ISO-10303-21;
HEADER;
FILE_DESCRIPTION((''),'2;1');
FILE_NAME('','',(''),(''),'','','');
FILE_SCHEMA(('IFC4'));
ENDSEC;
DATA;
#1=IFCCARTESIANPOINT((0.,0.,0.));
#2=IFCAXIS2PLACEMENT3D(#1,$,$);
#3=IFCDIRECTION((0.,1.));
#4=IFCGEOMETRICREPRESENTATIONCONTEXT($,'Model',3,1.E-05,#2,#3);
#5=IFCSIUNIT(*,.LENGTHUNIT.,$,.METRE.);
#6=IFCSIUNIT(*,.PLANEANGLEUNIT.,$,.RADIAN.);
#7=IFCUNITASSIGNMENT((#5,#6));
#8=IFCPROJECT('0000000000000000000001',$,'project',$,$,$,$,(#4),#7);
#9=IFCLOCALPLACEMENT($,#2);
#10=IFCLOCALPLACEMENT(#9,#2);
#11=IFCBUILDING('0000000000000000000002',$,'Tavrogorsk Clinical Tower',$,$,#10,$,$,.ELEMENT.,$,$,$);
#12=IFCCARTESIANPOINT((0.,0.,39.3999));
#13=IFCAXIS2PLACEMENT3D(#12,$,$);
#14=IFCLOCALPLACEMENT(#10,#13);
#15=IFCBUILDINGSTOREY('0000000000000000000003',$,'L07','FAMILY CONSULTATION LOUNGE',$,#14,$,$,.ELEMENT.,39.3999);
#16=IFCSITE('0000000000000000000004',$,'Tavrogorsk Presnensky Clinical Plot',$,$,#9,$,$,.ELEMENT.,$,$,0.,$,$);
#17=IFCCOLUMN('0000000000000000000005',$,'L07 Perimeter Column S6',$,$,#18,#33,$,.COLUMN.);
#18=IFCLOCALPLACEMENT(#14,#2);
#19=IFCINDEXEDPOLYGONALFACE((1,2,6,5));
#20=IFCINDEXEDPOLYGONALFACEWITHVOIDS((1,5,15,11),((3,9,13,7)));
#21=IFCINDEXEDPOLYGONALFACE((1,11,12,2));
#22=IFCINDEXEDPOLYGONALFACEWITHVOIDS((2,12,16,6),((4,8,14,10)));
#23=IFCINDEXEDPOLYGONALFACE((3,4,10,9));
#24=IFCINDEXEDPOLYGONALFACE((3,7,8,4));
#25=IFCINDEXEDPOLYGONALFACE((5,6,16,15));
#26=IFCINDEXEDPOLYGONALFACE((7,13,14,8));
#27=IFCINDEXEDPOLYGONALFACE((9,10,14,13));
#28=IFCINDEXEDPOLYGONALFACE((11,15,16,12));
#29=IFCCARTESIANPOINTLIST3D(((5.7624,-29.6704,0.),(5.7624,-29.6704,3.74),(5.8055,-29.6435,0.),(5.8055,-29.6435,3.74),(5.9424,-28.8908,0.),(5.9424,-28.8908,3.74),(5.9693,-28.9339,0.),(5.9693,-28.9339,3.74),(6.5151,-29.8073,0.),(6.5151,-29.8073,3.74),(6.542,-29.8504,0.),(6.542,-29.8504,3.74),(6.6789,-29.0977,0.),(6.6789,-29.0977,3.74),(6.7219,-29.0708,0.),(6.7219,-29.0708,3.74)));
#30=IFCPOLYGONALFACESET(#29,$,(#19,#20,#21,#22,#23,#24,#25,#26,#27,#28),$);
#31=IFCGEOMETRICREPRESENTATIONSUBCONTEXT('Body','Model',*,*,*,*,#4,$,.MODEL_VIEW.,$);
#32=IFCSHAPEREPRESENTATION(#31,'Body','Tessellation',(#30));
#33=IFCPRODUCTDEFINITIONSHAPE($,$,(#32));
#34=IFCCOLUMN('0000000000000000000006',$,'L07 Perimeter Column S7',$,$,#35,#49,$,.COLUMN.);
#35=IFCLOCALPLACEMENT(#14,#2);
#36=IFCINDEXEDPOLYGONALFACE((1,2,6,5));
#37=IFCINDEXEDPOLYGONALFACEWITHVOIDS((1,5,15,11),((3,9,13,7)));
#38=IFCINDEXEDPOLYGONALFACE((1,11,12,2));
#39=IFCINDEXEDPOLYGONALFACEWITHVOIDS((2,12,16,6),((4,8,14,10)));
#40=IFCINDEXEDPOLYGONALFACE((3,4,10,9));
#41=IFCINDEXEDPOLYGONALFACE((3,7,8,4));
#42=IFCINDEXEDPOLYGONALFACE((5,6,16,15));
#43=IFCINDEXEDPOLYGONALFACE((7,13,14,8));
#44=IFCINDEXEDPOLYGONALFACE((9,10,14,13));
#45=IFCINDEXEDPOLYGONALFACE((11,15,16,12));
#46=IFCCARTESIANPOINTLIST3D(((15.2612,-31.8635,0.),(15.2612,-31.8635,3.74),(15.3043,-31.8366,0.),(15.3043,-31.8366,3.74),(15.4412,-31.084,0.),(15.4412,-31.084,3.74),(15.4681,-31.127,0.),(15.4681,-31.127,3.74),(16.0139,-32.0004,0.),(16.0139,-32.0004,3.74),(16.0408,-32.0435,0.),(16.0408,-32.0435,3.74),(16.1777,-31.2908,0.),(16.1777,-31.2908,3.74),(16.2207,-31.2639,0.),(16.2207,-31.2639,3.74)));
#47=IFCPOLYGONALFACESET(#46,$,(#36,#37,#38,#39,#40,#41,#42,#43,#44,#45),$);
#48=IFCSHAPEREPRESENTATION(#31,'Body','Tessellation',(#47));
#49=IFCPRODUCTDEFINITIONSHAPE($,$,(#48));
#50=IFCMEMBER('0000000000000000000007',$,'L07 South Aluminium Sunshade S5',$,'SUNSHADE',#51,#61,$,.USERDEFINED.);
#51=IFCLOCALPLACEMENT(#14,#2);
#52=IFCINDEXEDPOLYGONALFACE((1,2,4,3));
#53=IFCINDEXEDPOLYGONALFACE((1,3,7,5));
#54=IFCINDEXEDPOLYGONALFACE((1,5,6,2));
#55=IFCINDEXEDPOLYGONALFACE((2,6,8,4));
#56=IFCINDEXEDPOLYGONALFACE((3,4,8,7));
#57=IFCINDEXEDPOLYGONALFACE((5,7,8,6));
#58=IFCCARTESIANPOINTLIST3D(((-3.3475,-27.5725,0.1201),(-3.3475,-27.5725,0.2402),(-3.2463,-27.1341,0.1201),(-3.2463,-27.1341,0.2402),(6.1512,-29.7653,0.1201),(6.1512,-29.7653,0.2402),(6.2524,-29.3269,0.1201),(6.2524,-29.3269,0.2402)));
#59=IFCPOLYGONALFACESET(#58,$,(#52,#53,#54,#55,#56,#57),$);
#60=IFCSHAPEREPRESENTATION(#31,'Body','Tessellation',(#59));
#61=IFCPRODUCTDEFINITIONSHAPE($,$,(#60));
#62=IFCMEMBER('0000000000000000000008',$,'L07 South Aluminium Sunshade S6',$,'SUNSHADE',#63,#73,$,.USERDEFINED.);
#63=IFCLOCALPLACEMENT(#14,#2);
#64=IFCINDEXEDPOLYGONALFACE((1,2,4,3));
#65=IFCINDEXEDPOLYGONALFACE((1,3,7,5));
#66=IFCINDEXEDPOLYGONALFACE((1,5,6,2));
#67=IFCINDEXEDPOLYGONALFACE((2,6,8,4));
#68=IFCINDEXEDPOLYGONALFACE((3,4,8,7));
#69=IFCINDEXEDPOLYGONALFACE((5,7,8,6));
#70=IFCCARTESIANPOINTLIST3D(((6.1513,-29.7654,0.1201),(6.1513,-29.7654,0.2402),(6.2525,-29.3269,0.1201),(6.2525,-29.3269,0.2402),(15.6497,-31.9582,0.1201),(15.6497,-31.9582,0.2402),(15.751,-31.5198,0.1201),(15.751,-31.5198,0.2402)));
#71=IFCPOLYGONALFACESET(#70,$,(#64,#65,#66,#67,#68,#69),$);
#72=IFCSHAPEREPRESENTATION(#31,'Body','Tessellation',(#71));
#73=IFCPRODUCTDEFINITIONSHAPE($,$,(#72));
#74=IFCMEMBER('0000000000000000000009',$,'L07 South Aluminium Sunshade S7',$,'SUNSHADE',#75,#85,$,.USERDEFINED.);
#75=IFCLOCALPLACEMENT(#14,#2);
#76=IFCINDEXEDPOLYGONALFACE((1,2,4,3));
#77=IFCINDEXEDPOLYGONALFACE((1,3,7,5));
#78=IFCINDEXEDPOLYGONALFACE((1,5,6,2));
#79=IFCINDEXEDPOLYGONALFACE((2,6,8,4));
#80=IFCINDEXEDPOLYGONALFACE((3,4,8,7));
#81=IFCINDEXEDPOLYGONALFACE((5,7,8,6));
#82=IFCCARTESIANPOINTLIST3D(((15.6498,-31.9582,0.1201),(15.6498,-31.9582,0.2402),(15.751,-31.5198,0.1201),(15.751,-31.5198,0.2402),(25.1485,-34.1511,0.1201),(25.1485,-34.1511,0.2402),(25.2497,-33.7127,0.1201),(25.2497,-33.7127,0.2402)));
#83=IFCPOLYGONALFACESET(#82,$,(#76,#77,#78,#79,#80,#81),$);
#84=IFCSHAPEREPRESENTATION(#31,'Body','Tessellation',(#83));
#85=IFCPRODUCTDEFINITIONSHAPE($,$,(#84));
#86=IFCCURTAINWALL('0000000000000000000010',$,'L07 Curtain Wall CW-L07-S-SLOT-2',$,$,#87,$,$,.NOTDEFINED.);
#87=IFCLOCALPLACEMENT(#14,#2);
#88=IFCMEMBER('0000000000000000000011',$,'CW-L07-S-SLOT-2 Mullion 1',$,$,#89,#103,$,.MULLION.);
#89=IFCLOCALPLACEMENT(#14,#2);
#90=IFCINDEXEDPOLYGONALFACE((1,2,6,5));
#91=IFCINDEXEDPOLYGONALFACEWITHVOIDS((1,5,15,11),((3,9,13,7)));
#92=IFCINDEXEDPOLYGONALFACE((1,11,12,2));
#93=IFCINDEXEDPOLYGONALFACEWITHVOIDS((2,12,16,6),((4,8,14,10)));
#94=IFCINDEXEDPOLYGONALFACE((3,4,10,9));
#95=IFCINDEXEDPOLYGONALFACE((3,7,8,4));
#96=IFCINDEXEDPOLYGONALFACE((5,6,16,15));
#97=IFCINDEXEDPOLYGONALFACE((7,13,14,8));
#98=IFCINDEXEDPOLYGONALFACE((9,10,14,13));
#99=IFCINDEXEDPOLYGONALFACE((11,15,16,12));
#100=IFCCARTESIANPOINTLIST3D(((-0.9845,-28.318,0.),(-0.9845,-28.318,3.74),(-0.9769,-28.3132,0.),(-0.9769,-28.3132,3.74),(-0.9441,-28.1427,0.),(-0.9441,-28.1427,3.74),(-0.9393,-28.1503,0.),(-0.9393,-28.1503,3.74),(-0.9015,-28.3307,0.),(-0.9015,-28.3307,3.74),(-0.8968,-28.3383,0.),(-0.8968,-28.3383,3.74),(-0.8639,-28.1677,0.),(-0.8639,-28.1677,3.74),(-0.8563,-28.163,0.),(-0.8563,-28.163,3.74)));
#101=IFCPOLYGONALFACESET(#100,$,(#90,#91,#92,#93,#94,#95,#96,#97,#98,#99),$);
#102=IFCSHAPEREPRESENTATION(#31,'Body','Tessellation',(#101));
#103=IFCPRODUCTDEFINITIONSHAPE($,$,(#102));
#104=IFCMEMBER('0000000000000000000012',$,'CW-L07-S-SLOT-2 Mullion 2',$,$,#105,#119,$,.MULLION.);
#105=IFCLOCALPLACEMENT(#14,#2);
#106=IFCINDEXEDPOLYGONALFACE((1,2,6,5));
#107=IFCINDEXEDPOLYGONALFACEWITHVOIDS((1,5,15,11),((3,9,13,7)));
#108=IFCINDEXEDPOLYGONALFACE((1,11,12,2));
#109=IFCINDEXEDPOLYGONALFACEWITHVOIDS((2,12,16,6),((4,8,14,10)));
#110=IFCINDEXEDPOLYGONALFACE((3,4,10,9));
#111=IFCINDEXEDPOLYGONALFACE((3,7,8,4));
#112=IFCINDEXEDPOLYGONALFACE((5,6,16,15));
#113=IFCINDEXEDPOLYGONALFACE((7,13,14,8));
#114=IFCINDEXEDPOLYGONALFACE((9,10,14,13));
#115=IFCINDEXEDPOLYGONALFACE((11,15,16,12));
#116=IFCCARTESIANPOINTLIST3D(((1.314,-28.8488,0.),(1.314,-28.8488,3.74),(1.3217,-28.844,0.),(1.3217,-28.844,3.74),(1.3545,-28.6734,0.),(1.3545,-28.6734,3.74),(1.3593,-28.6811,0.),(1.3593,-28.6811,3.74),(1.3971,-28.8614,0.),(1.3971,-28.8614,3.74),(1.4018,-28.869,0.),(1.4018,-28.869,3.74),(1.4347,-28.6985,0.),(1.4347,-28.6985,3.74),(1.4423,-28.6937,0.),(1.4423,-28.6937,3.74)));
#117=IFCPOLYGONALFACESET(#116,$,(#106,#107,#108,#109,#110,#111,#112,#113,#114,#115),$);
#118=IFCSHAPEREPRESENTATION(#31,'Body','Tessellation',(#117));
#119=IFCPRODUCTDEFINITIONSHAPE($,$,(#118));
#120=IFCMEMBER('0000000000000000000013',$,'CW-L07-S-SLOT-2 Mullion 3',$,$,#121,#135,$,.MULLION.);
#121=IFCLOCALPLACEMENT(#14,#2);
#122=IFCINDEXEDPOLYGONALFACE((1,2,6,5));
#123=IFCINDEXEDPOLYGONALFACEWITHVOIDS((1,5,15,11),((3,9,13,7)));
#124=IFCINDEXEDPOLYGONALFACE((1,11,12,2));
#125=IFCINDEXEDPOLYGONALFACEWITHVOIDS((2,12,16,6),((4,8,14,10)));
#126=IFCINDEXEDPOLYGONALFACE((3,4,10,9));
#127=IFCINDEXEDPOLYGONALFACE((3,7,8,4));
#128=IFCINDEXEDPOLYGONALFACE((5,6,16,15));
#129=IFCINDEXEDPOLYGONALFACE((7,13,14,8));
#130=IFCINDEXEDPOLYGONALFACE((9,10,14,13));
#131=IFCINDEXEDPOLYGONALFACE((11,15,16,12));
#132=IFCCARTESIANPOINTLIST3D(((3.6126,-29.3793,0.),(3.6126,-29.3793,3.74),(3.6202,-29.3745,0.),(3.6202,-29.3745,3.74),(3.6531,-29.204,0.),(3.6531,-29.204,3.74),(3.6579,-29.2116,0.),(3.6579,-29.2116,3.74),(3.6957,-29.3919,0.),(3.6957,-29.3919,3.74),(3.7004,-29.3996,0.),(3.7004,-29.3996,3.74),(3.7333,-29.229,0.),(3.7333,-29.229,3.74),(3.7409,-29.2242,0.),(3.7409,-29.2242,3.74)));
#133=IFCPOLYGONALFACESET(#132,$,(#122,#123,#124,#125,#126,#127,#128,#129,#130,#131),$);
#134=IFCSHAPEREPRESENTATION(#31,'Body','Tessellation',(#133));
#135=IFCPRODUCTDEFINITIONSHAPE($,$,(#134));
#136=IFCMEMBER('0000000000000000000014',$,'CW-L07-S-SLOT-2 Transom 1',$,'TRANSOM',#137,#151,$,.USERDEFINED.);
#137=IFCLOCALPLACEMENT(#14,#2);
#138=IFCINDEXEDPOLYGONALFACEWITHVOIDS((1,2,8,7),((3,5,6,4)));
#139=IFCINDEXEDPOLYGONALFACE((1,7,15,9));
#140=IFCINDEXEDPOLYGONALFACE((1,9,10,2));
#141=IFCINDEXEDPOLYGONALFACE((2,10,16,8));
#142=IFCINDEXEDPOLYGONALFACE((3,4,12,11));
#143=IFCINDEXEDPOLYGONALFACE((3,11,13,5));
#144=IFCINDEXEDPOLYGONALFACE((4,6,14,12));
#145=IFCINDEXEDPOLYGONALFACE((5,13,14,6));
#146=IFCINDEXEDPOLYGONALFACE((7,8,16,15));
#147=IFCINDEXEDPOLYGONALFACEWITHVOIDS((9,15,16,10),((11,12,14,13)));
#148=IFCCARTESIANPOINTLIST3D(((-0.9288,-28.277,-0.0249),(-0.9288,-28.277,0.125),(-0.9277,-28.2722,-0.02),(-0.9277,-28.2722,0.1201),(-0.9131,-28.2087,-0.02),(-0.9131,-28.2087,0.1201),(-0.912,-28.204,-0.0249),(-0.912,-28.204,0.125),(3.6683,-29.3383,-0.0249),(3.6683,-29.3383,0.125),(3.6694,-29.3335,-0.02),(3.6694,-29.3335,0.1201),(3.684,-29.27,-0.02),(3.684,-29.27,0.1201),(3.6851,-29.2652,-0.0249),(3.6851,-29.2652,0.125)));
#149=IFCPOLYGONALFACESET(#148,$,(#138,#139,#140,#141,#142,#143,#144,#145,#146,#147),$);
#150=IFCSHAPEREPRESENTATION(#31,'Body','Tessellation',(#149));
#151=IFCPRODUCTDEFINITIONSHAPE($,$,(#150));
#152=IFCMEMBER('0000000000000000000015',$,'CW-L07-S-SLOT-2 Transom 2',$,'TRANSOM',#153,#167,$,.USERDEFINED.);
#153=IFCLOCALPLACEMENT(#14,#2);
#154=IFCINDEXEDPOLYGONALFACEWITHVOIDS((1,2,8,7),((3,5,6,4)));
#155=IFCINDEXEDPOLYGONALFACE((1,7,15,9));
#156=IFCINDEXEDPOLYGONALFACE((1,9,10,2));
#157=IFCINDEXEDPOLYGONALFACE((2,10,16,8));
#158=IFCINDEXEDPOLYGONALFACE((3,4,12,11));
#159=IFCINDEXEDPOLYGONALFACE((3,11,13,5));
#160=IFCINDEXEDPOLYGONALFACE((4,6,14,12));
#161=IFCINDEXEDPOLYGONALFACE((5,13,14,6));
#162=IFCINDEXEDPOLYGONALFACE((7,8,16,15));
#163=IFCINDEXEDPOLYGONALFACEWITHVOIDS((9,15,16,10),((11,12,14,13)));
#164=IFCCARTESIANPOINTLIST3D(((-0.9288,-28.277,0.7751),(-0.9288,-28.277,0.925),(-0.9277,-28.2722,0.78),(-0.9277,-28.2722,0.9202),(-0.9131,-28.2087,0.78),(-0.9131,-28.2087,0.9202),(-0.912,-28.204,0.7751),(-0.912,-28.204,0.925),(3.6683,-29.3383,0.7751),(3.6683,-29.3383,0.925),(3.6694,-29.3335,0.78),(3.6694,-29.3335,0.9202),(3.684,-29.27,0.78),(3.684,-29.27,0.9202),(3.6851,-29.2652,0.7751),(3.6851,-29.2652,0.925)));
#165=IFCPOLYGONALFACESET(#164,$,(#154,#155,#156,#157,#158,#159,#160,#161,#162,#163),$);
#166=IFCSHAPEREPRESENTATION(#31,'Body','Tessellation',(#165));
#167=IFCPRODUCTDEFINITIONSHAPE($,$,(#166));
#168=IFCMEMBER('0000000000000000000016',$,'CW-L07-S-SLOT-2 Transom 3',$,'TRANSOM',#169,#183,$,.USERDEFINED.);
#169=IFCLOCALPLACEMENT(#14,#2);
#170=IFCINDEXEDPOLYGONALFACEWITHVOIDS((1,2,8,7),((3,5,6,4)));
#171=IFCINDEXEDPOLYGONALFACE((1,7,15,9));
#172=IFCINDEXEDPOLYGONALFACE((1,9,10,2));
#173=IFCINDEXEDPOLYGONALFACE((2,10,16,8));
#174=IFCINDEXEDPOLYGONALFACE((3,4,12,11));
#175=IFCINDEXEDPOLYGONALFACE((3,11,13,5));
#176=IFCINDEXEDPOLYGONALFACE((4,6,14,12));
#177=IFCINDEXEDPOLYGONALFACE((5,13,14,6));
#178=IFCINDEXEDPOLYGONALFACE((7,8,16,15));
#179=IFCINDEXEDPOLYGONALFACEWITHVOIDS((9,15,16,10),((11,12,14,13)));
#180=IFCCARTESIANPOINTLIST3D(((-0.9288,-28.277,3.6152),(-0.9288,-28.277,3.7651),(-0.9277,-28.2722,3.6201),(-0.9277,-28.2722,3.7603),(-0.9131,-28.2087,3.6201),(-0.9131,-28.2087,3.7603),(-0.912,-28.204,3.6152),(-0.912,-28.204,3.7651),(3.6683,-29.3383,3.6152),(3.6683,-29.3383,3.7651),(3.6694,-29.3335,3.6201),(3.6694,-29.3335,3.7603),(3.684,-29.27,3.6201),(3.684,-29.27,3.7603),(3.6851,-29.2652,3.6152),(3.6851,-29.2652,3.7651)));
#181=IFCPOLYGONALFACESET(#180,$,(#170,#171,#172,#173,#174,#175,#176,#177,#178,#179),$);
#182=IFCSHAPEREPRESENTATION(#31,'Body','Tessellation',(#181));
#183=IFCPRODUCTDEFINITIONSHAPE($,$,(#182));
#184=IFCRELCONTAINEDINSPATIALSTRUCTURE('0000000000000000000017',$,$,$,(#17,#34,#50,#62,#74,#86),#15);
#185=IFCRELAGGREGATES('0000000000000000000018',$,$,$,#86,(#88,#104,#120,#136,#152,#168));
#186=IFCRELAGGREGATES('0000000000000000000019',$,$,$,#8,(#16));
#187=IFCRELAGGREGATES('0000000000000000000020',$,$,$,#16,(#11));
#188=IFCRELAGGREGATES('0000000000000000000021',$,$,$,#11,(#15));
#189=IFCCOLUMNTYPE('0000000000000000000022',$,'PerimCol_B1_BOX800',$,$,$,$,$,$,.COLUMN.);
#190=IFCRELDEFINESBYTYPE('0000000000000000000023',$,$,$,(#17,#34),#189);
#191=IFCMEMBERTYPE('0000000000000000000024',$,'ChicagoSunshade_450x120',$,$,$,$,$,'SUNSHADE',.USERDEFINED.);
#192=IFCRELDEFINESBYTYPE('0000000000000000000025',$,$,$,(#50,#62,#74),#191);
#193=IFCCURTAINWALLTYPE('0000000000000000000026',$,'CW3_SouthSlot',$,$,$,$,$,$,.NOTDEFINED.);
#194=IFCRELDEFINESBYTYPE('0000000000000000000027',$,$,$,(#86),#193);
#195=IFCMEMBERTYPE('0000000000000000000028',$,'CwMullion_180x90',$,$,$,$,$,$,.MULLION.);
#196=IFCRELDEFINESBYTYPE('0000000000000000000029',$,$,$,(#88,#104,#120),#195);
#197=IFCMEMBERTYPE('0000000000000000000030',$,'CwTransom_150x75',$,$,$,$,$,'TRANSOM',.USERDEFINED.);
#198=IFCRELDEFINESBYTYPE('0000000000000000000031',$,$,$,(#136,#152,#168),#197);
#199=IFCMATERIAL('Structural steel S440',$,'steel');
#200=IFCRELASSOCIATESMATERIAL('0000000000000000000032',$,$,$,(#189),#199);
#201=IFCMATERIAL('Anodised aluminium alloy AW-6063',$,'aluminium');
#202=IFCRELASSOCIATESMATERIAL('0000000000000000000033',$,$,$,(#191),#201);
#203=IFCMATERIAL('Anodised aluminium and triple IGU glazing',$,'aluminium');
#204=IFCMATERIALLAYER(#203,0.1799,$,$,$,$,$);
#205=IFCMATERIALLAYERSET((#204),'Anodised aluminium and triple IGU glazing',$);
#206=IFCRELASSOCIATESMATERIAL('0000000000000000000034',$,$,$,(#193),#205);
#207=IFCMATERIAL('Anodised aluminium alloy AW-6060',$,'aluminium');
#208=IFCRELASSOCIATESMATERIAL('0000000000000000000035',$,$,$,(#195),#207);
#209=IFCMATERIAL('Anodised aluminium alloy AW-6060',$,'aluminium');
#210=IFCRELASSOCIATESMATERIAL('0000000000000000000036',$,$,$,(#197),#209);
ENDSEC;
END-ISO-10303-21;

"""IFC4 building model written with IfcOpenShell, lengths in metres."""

from ifc_helpers import new_model, si_unit, direction, frame, origin, origin_2d, place, context, subcontext, project, spatial, rectangle, hollow_rectangle, extrude, material, layer, layer_set, material_profile, profile_set, type_object, element, aggregate, save


model = new_model("IFC4")

# Units and contexts
model_context = context("Model", 3, precision=1e-05, world=origin(), true_north=direction((0.0, 1.0)))
body_context = subcontext(model_context, "Body", "Model", "MODEL_VIEW")
ifc_project = project(units=[si_unit("LENGTHUNIT", "METRE"), si_unit("PLANEANGLEUNIT", "RADIAN")], contexts=[model_context])

# Site, building, storey
site_placement = place(None, origin())
site = spatial("IfcSite", under=ifc_project, at=site_placement, Name="Tavrogorsk Presnensky Clinical Plot", CompositionType="ELEMENT", RefElevation=0.0)
building_placement = place(site_placement, origin())
building = spatial("IfcBuilding", under=site, at=building_placement, Name="Tavrogorsk Clinical Tower", CompositionType="ELEMENT")
storey_placement = place(building_placement, frame((0.0, 0.0, 39.3999)))
storey = spatial("IfcBuildingStorey", under=building, at=storey_placement, Name="L07", Description="FAMILY CONSULTATION LOUNGE", CompositionType="ELEMENT", Elevation=39.3999)

# Columns
ifc_material_1 = material(Name="Structural steel S440", Category="steel")
ifc_material_profile_1 = material_profile(ifc_material_1, hollow_rectangle(XDim=0.8, YDim=0.8, WallThickness=0.0359, at=origin_2d()), Name="BOX-800x800x36")
ifc_profile_set_1 = profile_set([ifc_material_profile_1], Name="Structural steel S440")
column_type = type_object("IfcColumnType", Name="PerimCol_B1_BOX800", PredefinedType="COLUMN", material=ifc_profile_set_1)
for number, where, z_axis, x_axis, name in (
    (1, (6.2422, -29.3706, 0.0), (0.0, 0.0, 1.0), (0.97437, -0.224951, 0.0), "L07 Perimeter Column S6"),
    (2, (15.741, -31.5637, 0.0), (0.0, 0.0, 1.0), (0.97437, -0.224951, 0.0), "L07 Perimeter Column S7"),
):
    element("IfcColumn", number, at=place(storey_placement, frame(where, z_axis=z_axis, x_axis=x_axis)), inside=storey, type_object=column_type, Name=name, PredefinedType="COLUMN", context=body_context, shape_type="SweptSolid", body=[
        extrude(hollow_rectangle(XDim=0.8, YDim=0.8, WallThickness=0.0359, at=origin_2d()), origin(), (0.0, 0.0, 1.0), 3.74),
    ])

# Members
ifc_material_2 = material(Name="Anodised aluminium alloy AW-6063", Category="aluminium")
ifc_material_profile_2 = material_profile(ifc_material_2, rectangle(XDim=0.45, YDim=0.1201, at=origin_2d()), Name="ALU-SUNSHADE-450x120")
ifc_profile_set_2 = profile_set([ifc_material_profile_2], Name="Anodised aluminium alloy AW-6063")
member_type_1 = type_object("IfcMemberType", Name="ChicagoSunshade_450x120", ElementType="SUNSHADE", PredefinedType="USERDEFINED", material=ifc_profile_set_2)
member_1_placement = place(storey_placement, frame((-3.2969, -27.3533, 0.1802), z_axis=(0.974372, -0.224942, 0.0), x_axis=(0.224942, 0.974372, 0.0)))
element("IfcMember", 3, at=member_1_placement, inside=storey, type_object=member_type_1, Name="L07 South Aluminium Sunshade S5", ObjectType="SUNSHADE", PredefinedType="USERDEFINED", context=body_context, shape_type="SweptSolid", body=[
    extrude(rectangle(XDim=0.45, YDim=0.1201, at=origin_2d()), origin(), (0.0, 0.0, 1.0), 9.7485),
])
member_2_placement = place(storey_placement, frame((6.2019, -29.5461, 0.1802), z_axis=(0.974371, -0.224947, 0.0), x_axis=(0.224947, 0.974371, 0.0)))
element("IfcMember", 4, at=member_2_placement, inside=storey, type_object=member_type_1, Name="L07 South Aluminium Sunshade S6", ObjectType="SUNSHADE", PredefinedType="USERDEFINED", context=body_context, shape_type="SweptSolid", body=[
    extrude(rectangle(XDim=0.45, YDim=0.1201, at=origin_2d()), origin(), (0.0, 0.0, 1.0), 9.7483),
])
member_3_placement = place(storey_placement, frame((15.7004, -31.739, 0.1802), z_axis=(0.974372, -0.224942, 0.0), x_axis=(0.224942, 0.974372, 0.0)))
element("IfcMember", 5, at=member_3_placement, inside=storey, type_object=member_type_1, Name="L07 South Aluminium Sunshade S7", ObjectType="SUNSHADE", PredefinedType="USERDEFINED", context=body_context, shape_type="SweptSolid", body=[
    extrude(rectangle(XDim=0.45, YDim=0.1201, at=origin_2d()), origin(), (0.0, 0.0, 1.0), 9.7485),
])

# Curtain wall, members
ifc_material_3 = material(Name="Anodised aluminium and triple IGU glazing", Category="aluminium")
ifc_layer_1 = layer(ifc_material_3, 0.1799)
ifc_layer_set_1 = layer_set([ifc_layer_1], Name="Anodised aluminium and triple IGU glazing")
curtain_wall_type = type_object("IfcCurtainWallType", Name="CW3_SouthSlot", PredefinedType="NOTDEFINED", material=ifc_layer_set_1)
curtain_wall_placement = place(storey_placement, origin())
curtain_wall = element("IfcCurtainWall", 6, at=curtain_wall_placement, inside=storey, type_object=curtain_wall_type, Name="L07 Curtain Wall CW-L07-S-SLOT-2", PredefinedType="NOTDEFINED")
ifc_material_4 = material(Name="Anodised aluminium alloy AW-6060", Category="aluminium")
ifc_material_profile_3 = material_profile(ifc_material_4, hollow_rectangle(XDim=0.0901, YDim=0.1799, WallThickness=0.0063, at=origin_2d()), Name="RHS-180x90x6.3")
ifc_profile_set_3 = profile_set([ifc_material_profile_3], Name="Anodised aluminium alloy AW-6060")
member_type_2 = type_object("IfcMemberType", Name="CwMullion_180x90", PredefinedType="MULLION", material=ifc_profile_set_3)
member_4_placement = place(storey_placement, frame((-0.9204, -28.2405, 0.0), z_axis=(0.0, 0.0, 1.0), x_axis=(0.97437, -0.224951, 0.0)))
member_4 = element("IfcMember", 7, at=member_4_placement, type_object=member_type_2, Name="CW-L07-S-SLOT-2 Mullion 1", PredefinedType="MULLION", context=body_context, shape_type="SweptSolid", body=[
    extrude(hollow_rectangle(XDim=0.0901, YDim=0.1799, WallThickness=0.0063, at=origin_2d()), origin(), (0.0, 0.0, 1.0), 3.74),
])
member_5_placement = place(storey_placement, frame((1.3782, -28.7712, 0.0), z_axis=(0.0, 0.0, 1.0), x_axis=(0.97437, -0.224951, 0.0)))
member_5 = element("IfcMember", 8, at=member_5_placement, type_object=member_type_2, Name="CW-L07-S-SLOT-2 Mullion 2", PredefinedType="MULLION", context=body_context, shape_type="SweptSolid", body=[
    extrude(hollow_rectangle(XDim=0.0901, YDim=0.1799, WallThickness=0.0063, at=origin_2d()), origin(), (0.0, 0.0, 1.0), 3.74),
])
member_6_placement = place(storey_placement, frame((3.6768, -29.3018, 0.0), z_axis=(0.0, 0.0, 1.0), x_axis=(0.97437, -0.224951, 0.0)))
member_6 = element("IfcMember", 9, at=member_6_placement, type_object=member_type_2, Name="CW-L07-S-SLOT-2 Mullion 3", PredefinedType="MULLION", context=body_context, shape_type="SweptSolid", body=[
    extrude(hollow_rectangle(XDim=0.0901, YDim=0.1799, WallThickness=0.0063, at=origin_2d()), origin(), (0.0, 0.0, 1.0), 3.74),
])
ifc_material_5 = material(Name="Anodised aluminium alloy AW-6060", Category="aluminium")
ifc_material_profile_4 = material_profile(ifc_material_5, hollow_rectangle(XDim=0.075, YDim=0.1499, WallThickness=0.0049, at=origin_2d()), Name="RHS-150x75x5")
ifc_profile_set_4 = profile_set([ifc_material_profile_4], Name="Anodised aluminium alloy AW-6060")
member_type_3 = type_object("IfcMemberType", Name="CwTransom_150x75", ElementType="TRANSOM", PredefinedType="USERDEFINED", material=ifc_profile_set_4)
member_7_placement = place(storey_placement, frame((-0.9204, -28.2405, 0.05), z_axis=(0.974373, -0.224939, 0.0), x_axis=(0.224939, 0.974373, 0.0)))
member_7 = element("IfcMember", 10, at=member_7_placement, type_object=member_type_3, Name="CW-L07-S-SLOT-2 Transom 1", ObjectType="TRANSOM", PredefinedType="USERDEFINED", context=body_context, shape_type="SweptSolid", body=[
    extrude(hollow_rectangle(XDim=0.075, YDim=0.1499, WallThickness=0.0049, at=origin_2d()), origin(), (0.0, 0.0, 1.0), 4.718),
])
member_8_placement = place(storey_placement, frame((-0.9204, -28.2405, 0.8501), z_axis=(0.974373, -0.224939, 0.0), x_axis=(0.224939, 0.974373, 0.0)))
member_8 = element("IfcMember", 11, at=member_8_placement, type_object=member_type_3, Name="CW-L07-S-SLOT-2 Transom 2", ObjectType="TRANSOM", PredefinedType="USERDEFINED", context=body_context, shape_type="SweptSolid", body=[
    extrude(hollow_rectangle(XDim=0.075, YDim=0.1499, WallThickness=0.0049, at=origin_2d()), origin(), (0.0, 0.0, 1.0), 4.718),
])
member_9_placement = place(storey_placement, frame((-0.9204, -28.2405, 3.6902), z_axis=(0.974373, -0.224939, 0.0), x_axis=(0.224939, 0.974373, 0.0)))
member_9 = element("IfcMember", 12, at=member_9_placement, type_object=member_type_3, Name="CW-L07-S-SLOT-2 Transom 3", ObjectType="TRANSOM", PredefinedType="USERDEFINED", context=body_context, shape_type="SweptSolid", body=[
    extrude(hollow_rectangle(XDim=0.075, YDim=0.1499, WallThickness=0.0049, at=origin_2d()), origin(), (0.0, 0.0, 1.0), 4.718),
])

aggregate(curtain_wall, [member_4, member_5, member_6, member_7, member_8, member_9])

save(model, "model.ifc")
